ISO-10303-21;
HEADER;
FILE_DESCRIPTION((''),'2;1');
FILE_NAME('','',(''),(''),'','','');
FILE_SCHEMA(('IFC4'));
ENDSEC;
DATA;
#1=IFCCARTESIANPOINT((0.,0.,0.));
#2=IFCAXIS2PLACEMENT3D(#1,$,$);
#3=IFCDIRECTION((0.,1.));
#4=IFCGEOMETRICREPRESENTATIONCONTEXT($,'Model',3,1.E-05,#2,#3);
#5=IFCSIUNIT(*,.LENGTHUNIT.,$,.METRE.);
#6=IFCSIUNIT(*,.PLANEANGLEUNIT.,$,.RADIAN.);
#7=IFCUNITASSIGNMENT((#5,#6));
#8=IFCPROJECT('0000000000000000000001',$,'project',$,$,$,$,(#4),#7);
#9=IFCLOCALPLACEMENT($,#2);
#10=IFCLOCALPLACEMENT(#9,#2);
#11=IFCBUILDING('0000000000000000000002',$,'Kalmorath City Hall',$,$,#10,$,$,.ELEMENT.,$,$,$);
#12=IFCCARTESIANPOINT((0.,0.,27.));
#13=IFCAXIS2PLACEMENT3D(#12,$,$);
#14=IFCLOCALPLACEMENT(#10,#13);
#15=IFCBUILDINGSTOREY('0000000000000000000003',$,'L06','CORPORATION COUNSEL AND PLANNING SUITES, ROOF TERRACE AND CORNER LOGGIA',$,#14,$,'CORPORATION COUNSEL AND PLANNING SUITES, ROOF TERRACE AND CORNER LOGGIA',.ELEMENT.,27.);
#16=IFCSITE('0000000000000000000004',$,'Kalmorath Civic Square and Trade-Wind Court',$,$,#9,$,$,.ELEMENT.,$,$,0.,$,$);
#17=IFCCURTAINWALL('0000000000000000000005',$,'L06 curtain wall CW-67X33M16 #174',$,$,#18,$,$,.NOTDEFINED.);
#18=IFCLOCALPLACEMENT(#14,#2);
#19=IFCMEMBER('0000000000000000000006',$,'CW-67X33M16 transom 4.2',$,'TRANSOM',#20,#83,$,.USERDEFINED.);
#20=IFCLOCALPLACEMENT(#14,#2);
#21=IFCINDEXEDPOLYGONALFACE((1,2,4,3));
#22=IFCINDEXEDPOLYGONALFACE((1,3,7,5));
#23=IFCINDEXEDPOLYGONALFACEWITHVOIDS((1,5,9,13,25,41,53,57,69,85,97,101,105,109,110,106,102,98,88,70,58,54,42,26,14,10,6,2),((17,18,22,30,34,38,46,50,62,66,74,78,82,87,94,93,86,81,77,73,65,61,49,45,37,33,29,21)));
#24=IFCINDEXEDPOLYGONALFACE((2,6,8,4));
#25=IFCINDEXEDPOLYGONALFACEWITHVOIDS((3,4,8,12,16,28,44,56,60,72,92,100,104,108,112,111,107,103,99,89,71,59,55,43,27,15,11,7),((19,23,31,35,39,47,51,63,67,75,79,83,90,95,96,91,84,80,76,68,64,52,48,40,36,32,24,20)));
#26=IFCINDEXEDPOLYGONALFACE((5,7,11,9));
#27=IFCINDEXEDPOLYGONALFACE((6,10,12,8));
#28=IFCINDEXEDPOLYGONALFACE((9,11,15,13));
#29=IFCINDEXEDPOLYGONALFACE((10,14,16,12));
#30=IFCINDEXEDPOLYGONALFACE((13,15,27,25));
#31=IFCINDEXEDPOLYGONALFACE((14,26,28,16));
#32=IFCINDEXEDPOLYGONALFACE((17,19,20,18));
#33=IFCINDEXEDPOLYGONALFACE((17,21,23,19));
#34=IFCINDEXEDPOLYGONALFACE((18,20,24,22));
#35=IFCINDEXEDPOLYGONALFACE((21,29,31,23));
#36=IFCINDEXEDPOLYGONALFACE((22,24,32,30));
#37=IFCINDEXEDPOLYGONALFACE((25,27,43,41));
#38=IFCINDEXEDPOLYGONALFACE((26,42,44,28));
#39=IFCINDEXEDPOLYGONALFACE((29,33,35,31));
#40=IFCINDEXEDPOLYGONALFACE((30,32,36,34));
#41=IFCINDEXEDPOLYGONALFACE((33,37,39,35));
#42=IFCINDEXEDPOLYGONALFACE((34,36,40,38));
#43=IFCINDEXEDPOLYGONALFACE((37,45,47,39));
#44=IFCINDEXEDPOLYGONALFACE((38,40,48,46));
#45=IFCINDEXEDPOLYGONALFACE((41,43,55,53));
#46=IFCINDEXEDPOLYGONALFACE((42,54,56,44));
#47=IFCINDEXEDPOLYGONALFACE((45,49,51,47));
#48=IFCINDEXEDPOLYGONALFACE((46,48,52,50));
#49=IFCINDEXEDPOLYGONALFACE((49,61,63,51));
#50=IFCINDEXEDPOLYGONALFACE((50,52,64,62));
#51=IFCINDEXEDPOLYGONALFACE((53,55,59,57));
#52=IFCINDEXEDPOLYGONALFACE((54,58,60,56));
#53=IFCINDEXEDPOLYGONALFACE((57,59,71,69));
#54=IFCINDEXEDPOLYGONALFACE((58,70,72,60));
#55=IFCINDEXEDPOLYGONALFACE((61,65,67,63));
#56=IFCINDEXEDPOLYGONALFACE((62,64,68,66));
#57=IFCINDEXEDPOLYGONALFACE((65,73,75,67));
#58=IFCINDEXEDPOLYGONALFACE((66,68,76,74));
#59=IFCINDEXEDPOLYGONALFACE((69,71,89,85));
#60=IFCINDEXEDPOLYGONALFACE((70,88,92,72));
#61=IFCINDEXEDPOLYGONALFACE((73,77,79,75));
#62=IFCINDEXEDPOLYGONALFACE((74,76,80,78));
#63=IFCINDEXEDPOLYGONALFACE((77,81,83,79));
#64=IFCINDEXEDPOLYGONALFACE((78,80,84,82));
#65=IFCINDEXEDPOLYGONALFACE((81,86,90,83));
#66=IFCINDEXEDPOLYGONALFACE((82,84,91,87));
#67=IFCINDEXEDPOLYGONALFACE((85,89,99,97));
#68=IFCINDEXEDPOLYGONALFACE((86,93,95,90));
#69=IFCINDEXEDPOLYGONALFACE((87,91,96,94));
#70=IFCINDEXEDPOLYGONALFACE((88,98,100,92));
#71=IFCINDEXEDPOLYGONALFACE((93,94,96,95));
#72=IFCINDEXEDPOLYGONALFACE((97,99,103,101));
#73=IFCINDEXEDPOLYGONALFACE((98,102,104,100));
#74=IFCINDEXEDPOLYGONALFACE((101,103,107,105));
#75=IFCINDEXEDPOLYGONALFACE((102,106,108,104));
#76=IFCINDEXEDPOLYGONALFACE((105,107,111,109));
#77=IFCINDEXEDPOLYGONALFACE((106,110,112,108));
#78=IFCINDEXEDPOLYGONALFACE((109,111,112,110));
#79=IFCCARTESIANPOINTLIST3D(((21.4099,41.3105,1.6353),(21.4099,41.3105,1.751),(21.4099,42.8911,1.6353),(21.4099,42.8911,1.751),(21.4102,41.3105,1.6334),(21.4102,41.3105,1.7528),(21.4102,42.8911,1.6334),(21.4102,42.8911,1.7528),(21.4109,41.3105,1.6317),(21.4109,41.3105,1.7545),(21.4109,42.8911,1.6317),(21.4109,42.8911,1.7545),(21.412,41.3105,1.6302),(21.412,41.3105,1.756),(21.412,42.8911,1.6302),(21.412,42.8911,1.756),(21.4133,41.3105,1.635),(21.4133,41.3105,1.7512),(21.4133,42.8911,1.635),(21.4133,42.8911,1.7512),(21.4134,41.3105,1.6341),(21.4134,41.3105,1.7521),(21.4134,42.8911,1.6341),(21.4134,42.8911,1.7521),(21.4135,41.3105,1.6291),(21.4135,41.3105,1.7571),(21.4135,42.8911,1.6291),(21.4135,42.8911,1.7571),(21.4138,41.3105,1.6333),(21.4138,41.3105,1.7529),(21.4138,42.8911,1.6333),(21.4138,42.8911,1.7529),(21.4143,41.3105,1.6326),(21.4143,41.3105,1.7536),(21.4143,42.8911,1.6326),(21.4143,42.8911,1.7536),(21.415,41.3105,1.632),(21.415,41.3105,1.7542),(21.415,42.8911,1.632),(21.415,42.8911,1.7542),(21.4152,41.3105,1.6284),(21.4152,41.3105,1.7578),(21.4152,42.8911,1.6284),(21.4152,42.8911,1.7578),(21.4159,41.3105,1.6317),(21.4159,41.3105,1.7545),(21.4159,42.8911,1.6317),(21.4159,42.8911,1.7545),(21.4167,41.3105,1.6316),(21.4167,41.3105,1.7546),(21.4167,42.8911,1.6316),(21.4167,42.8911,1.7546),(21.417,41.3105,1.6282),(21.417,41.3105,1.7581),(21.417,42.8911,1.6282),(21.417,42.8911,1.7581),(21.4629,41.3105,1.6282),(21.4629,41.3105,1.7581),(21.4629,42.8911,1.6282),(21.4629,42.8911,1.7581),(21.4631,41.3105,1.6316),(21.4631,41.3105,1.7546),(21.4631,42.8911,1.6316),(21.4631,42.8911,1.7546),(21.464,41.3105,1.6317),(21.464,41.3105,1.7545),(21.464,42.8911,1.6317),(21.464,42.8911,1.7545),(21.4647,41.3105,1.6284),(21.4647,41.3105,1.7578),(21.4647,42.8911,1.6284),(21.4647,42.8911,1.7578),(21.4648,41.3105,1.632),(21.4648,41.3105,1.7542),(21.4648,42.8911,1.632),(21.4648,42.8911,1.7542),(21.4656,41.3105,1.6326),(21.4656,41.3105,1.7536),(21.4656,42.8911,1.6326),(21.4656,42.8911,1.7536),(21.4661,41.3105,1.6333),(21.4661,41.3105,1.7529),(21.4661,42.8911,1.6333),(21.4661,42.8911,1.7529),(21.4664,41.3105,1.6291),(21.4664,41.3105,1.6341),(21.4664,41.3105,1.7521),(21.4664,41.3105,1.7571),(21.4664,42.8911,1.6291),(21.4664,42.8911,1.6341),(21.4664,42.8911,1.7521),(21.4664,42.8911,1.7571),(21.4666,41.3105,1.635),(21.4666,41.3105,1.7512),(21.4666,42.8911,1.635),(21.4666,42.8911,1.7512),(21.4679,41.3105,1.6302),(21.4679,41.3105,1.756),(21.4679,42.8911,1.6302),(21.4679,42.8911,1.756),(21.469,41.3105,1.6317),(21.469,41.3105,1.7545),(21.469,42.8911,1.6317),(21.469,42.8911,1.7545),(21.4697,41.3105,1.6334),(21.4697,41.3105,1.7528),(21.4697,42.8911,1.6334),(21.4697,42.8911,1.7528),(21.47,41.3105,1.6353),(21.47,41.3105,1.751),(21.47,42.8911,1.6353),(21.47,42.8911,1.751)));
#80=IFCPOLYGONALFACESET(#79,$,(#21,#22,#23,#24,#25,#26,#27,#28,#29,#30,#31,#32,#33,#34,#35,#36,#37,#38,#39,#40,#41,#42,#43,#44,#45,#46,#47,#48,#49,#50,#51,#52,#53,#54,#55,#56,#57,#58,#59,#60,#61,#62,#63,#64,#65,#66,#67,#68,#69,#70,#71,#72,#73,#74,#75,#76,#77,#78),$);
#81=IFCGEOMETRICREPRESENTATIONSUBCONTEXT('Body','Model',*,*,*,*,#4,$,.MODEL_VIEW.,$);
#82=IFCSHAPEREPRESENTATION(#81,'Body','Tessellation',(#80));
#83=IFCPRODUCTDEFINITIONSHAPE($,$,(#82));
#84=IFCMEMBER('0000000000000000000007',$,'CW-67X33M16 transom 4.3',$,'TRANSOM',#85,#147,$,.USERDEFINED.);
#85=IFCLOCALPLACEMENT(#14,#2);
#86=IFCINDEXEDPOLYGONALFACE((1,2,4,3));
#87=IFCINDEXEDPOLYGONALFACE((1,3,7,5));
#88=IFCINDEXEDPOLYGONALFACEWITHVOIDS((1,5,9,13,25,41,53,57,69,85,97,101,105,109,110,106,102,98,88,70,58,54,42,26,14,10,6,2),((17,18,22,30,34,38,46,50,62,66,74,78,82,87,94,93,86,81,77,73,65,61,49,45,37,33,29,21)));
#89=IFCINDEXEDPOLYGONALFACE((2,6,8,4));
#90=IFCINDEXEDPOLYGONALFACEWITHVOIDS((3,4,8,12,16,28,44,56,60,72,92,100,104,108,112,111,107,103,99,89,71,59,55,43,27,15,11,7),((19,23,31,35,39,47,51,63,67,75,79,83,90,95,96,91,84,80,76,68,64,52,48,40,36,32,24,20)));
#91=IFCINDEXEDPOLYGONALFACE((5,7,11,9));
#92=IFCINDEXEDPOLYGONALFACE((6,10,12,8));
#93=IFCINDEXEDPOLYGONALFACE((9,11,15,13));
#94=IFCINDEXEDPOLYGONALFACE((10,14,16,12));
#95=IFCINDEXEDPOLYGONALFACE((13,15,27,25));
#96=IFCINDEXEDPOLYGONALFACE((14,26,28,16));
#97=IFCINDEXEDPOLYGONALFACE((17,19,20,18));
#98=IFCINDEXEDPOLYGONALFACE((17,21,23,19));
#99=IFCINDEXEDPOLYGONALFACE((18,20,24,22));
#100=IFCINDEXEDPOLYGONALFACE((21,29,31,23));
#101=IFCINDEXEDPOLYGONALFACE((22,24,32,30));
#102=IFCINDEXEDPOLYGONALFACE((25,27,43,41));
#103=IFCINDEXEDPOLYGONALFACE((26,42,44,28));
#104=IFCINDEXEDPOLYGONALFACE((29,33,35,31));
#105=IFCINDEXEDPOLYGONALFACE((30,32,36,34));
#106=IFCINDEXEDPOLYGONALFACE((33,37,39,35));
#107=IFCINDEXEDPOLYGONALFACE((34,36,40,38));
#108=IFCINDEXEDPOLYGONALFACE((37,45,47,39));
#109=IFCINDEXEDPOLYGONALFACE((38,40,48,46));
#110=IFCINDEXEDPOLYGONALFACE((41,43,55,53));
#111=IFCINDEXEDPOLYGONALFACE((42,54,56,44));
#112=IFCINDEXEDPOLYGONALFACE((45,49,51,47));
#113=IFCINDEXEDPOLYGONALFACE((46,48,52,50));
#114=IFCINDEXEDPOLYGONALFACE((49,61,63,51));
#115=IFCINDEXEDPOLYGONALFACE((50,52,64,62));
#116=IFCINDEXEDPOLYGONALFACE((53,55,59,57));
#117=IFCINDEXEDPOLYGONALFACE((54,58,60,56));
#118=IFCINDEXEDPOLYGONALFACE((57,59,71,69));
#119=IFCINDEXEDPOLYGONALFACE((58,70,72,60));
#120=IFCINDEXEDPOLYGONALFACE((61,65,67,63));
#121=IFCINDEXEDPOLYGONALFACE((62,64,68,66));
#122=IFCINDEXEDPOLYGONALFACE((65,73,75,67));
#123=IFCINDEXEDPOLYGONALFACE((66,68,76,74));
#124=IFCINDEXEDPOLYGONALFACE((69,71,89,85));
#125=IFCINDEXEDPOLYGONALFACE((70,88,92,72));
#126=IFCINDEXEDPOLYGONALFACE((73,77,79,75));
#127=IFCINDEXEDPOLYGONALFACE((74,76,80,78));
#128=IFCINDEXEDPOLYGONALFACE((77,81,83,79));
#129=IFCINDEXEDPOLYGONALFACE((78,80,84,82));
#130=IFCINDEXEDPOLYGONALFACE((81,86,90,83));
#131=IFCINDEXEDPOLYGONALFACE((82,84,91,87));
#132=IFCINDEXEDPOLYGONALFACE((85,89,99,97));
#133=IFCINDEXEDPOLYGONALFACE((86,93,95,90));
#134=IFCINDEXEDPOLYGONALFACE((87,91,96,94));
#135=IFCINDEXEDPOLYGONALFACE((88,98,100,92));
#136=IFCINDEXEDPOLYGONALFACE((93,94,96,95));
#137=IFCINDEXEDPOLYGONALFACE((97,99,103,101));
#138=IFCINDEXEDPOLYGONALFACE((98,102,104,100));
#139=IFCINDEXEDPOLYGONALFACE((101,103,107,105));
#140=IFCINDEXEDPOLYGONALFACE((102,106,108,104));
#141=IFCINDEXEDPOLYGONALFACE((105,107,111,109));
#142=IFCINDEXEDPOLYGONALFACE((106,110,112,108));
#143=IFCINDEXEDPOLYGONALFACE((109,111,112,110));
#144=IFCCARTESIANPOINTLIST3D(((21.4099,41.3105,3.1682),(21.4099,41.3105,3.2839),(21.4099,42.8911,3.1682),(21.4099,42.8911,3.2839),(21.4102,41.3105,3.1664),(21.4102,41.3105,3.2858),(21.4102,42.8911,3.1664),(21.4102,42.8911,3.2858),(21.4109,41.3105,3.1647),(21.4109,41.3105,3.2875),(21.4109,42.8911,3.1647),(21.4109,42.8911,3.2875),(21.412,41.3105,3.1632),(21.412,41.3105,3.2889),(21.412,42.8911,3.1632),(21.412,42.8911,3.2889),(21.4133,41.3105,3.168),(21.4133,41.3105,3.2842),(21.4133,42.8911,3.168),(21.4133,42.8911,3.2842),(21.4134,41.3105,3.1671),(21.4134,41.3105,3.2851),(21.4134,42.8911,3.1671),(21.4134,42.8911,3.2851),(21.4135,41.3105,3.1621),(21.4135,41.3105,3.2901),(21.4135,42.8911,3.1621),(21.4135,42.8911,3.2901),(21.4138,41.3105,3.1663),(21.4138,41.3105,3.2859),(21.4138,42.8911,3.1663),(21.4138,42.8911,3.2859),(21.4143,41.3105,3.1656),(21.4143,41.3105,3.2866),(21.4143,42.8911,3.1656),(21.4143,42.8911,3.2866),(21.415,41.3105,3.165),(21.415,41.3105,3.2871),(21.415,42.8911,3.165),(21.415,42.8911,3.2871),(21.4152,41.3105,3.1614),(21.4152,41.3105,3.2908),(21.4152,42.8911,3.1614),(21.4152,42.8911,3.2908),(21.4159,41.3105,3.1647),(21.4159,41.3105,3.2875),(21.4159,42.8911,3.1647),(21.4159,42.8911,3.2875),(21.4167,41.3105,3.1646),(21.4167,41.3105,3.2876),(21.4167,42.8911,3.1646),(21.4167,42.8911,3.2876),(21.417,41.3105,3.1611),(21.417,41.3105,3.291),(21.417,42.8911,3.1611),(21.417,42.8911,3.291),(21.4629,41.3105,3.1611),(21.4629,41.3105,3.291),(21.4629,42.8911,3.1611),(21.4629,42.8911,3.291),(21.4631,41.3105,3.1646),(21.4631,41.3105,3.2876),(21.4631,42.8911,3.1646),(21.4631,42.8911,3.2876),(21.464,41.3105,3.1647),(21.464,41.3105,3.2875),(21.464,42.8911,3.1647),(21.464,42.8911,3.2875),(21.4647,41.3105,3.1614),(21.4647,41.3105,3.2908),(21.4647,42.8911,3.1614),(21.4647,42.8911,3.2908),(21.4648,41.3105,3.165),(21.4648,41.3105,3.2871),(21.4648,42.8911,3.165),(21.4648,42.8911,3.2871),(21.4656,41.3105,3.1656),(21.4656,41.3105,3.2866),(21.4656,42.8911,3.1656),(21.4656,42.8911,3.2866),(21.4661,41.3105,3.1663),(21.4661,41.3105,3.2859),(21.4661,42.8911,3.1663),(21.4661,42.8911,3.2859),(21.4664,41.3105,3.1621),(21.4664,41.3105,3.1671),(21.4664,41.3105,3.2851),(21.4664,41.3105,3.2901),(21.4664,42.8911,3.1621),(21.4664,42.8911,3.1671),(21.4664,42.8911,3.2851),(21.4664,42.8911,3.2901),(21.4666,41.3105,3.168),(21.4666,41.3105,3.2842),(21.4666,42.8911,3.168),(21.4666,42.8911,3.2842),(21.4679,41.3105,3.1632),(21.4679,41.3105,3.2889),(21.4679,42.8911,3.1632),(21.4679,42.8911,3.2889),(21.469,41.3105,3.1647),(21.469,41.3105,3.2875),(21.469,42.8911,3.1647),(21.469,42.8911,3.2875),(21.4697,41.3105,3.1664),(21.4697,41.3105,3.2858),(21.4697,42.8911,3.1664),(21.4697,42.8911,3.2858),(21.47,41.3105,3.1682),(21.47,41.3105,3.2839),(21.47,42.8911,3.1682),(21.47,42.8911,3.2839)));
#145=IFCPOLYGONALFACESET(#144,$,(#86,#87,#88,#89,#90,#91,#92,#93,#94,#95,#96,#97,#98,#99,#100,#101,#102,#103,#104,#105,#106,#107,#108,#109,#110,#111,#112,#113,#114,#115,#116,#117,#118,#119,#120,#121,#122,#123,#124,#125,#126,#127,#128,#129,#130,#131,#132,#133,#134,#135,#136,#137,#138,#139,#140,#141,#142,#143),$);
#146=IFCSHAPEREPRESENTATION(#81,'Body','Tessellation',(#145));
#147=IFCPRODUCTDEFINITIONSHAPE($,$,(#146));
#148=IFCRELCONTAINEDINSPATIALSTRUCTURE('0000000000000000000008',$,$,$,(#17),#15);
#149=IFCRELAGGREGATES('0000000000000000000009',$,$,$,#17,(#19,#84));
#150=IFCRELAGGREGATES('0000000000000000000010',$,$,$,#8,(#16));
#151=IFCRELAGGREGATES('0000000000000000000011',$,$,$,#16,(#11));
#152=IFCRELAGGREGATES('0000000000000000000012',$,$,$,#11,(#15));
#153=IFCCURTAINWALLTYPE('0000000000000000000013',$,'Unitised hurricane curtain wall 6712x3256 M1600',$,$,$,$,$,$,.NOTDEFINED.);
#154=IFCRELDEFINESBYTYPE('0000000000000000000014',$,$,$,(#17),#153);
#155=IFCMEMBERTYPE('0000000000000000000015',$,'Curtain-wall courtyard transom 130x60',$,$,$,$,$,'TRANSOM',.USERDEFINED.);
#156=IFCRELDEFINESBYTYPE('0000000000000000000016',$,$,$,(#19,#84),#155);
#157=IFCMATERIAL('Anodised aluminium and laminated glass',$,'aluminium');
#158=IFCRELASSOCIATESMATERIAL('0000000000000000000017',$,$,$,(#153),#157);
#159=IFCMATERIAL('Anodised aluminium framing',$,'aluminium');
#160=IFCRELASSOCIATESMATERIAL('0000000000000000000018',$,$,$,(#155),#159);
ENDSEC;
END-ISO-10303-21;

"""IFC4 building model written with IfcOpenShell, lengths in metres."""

from ifc_helpers import new_model, si_unit, direction, frame, origin, origin_2d, place, context, subcontext, project, spatial, hollow_rectangle, extrude, material, material_profile, profile_set, type_object, element, aggregate, save


model = new_model("IFC4")

# Units and contexts
model_context = context("Model", 3, precision=1e-05, world=origin(), true_north=direction((0.0, 1.0)))
body_context = subcontext(model_context, "Body", "Model", "MODEL_VIEW")
ifc_project = project(units=[si_unit("LENGTHUNIT", "METRE"), si_unit("PLANEANGLEUNIT", "RADIAN")], contexts=[model_context])

# Site, building, storey
site_placement = place(None, origin())
site = spatial("IfcSite", under=ifc_project, at=site_placement, Name="Kalmorath Civic Square and Trade-Wind Court", CompositionType="ELEMENT", RefElevation=0.0)
building_placement = place(site_placement, origin())
building = spatial("IfcBuilding", under=site, at=building_placement, Name="Kalmorath City Hall", CompositionType="ELEMENT")
storey_placement = place(building_placement, frame((0.0, 0.0, 27.0)))
storey = spatial("IfcBuildingStorey", under=building, at=storey_placement, Name="L06", Description="CORPORATION COUNSEL AND PLANNING SUITES, ROOF TERRACE AND CORNER LOGGIA", LongName="CORPORATION COUNSEL AND PLANNING SUITES, ROOF TERRACE AND CORNER LOGGIA", CompositionType="ELEMENT", Elevation=27.0)

# Curtain wall
ifc_material_1 = material(Name="Anodised aluminium and laminated glass", Category="aluminium")
curtain_wall_type_1 = type_object("IfcCurtainWallType", Name="Unitised hurricane curtain wall 6712x3256 M1600", PredefinedType="NOTDEFINED", material=ifc_material_1)
curtain_wall_1_placement = place(storey_placement, origin())
curtain_wall_1 = element("IfcCurtainWall", 1, at=curtain_wall_1_placement, inside=storey, type_object=curtain_wall_type_1, Name="L06 curtain wall CW-67X33M16 #174", PredefinedType="NOTDEFINED")

# Members
ifc_material_2 = material(Name="Anodised aluminium framing", Category="aluminium")
ifc_material_profile_1 = material_profile(ifc_material_2, hollow_rectangle(XDim=0.0601, YDim=0.1299, WallThickness=0.0034, InnerFilletRadius=0.0034, OuterFilletRadius=0.0071, at=origin_2d()), Name="ALU-TRN-130X60X3.5")
ifc_profile_set_1 = profile_set([ifc_material_profile_1], Name="Anodised aluminium framing")
member_type_1 = type_object("IfcMemberType", Name="Curtain-wall courtyard transom 130x60", ElementType="TRANSOM", PredefinedType="USERDEFINED", material=ifc_profile_set_1)
member_1_placement = place(storey_placement, frame((21.4399, 41.3105, 1.6931), z_axis=(0.0, 1.0, 0.0), x_axis=(-1.0, 0.0, 0.0)))
member_1 = element("IfcMember", 2, at=member_1_placement, type_object=member_type_1, Name="CW-67X33M16 transom 4.2", ObjectType="TRANSOM", PredefinedType="USERDEFINED", context=body_context, shape_type="SweptSolid", body=[
    extrude(hollow_rectangle(XDim=0.0601, YDim=0.1299, WallThickness=0.0034, InnerFilletRadius=0.0034, OuterFilletRadius=0.0071, at=origin_2d()), origin(), (0.0, 0.0, 1.0), 1.5806),
])
member_2_placement = place(storey_placement, frame((21.4399, 41.3105, 3.2261), z_axis=(0.0, 1.0, 0.0), x_axis=(-1.0, 0.0, 0.0)))
member_2 = element("IfcMember", 3, at=member_2_placement, type_object=member_type_1, Name="CW-67X33M16 transom 4.3", ObjectType="TRANSOM", PredefinedType="USERDEFINED", context=body_context, shape_type="SweptSolid", body=[
    extrude(hollow_rectangle(XDim=0.0601, YDim=0.1299, WallThickness=0.0034, InnerFilletRadius=0.0034, OuterFilletRadius=0.0071, at=origin_2d()), origin(), (0.0, 0.0, 1.0), 1.5806),
])

aggregate(curtain_wall_1, [member_1, member_2])

save(model, "model.ifc")
